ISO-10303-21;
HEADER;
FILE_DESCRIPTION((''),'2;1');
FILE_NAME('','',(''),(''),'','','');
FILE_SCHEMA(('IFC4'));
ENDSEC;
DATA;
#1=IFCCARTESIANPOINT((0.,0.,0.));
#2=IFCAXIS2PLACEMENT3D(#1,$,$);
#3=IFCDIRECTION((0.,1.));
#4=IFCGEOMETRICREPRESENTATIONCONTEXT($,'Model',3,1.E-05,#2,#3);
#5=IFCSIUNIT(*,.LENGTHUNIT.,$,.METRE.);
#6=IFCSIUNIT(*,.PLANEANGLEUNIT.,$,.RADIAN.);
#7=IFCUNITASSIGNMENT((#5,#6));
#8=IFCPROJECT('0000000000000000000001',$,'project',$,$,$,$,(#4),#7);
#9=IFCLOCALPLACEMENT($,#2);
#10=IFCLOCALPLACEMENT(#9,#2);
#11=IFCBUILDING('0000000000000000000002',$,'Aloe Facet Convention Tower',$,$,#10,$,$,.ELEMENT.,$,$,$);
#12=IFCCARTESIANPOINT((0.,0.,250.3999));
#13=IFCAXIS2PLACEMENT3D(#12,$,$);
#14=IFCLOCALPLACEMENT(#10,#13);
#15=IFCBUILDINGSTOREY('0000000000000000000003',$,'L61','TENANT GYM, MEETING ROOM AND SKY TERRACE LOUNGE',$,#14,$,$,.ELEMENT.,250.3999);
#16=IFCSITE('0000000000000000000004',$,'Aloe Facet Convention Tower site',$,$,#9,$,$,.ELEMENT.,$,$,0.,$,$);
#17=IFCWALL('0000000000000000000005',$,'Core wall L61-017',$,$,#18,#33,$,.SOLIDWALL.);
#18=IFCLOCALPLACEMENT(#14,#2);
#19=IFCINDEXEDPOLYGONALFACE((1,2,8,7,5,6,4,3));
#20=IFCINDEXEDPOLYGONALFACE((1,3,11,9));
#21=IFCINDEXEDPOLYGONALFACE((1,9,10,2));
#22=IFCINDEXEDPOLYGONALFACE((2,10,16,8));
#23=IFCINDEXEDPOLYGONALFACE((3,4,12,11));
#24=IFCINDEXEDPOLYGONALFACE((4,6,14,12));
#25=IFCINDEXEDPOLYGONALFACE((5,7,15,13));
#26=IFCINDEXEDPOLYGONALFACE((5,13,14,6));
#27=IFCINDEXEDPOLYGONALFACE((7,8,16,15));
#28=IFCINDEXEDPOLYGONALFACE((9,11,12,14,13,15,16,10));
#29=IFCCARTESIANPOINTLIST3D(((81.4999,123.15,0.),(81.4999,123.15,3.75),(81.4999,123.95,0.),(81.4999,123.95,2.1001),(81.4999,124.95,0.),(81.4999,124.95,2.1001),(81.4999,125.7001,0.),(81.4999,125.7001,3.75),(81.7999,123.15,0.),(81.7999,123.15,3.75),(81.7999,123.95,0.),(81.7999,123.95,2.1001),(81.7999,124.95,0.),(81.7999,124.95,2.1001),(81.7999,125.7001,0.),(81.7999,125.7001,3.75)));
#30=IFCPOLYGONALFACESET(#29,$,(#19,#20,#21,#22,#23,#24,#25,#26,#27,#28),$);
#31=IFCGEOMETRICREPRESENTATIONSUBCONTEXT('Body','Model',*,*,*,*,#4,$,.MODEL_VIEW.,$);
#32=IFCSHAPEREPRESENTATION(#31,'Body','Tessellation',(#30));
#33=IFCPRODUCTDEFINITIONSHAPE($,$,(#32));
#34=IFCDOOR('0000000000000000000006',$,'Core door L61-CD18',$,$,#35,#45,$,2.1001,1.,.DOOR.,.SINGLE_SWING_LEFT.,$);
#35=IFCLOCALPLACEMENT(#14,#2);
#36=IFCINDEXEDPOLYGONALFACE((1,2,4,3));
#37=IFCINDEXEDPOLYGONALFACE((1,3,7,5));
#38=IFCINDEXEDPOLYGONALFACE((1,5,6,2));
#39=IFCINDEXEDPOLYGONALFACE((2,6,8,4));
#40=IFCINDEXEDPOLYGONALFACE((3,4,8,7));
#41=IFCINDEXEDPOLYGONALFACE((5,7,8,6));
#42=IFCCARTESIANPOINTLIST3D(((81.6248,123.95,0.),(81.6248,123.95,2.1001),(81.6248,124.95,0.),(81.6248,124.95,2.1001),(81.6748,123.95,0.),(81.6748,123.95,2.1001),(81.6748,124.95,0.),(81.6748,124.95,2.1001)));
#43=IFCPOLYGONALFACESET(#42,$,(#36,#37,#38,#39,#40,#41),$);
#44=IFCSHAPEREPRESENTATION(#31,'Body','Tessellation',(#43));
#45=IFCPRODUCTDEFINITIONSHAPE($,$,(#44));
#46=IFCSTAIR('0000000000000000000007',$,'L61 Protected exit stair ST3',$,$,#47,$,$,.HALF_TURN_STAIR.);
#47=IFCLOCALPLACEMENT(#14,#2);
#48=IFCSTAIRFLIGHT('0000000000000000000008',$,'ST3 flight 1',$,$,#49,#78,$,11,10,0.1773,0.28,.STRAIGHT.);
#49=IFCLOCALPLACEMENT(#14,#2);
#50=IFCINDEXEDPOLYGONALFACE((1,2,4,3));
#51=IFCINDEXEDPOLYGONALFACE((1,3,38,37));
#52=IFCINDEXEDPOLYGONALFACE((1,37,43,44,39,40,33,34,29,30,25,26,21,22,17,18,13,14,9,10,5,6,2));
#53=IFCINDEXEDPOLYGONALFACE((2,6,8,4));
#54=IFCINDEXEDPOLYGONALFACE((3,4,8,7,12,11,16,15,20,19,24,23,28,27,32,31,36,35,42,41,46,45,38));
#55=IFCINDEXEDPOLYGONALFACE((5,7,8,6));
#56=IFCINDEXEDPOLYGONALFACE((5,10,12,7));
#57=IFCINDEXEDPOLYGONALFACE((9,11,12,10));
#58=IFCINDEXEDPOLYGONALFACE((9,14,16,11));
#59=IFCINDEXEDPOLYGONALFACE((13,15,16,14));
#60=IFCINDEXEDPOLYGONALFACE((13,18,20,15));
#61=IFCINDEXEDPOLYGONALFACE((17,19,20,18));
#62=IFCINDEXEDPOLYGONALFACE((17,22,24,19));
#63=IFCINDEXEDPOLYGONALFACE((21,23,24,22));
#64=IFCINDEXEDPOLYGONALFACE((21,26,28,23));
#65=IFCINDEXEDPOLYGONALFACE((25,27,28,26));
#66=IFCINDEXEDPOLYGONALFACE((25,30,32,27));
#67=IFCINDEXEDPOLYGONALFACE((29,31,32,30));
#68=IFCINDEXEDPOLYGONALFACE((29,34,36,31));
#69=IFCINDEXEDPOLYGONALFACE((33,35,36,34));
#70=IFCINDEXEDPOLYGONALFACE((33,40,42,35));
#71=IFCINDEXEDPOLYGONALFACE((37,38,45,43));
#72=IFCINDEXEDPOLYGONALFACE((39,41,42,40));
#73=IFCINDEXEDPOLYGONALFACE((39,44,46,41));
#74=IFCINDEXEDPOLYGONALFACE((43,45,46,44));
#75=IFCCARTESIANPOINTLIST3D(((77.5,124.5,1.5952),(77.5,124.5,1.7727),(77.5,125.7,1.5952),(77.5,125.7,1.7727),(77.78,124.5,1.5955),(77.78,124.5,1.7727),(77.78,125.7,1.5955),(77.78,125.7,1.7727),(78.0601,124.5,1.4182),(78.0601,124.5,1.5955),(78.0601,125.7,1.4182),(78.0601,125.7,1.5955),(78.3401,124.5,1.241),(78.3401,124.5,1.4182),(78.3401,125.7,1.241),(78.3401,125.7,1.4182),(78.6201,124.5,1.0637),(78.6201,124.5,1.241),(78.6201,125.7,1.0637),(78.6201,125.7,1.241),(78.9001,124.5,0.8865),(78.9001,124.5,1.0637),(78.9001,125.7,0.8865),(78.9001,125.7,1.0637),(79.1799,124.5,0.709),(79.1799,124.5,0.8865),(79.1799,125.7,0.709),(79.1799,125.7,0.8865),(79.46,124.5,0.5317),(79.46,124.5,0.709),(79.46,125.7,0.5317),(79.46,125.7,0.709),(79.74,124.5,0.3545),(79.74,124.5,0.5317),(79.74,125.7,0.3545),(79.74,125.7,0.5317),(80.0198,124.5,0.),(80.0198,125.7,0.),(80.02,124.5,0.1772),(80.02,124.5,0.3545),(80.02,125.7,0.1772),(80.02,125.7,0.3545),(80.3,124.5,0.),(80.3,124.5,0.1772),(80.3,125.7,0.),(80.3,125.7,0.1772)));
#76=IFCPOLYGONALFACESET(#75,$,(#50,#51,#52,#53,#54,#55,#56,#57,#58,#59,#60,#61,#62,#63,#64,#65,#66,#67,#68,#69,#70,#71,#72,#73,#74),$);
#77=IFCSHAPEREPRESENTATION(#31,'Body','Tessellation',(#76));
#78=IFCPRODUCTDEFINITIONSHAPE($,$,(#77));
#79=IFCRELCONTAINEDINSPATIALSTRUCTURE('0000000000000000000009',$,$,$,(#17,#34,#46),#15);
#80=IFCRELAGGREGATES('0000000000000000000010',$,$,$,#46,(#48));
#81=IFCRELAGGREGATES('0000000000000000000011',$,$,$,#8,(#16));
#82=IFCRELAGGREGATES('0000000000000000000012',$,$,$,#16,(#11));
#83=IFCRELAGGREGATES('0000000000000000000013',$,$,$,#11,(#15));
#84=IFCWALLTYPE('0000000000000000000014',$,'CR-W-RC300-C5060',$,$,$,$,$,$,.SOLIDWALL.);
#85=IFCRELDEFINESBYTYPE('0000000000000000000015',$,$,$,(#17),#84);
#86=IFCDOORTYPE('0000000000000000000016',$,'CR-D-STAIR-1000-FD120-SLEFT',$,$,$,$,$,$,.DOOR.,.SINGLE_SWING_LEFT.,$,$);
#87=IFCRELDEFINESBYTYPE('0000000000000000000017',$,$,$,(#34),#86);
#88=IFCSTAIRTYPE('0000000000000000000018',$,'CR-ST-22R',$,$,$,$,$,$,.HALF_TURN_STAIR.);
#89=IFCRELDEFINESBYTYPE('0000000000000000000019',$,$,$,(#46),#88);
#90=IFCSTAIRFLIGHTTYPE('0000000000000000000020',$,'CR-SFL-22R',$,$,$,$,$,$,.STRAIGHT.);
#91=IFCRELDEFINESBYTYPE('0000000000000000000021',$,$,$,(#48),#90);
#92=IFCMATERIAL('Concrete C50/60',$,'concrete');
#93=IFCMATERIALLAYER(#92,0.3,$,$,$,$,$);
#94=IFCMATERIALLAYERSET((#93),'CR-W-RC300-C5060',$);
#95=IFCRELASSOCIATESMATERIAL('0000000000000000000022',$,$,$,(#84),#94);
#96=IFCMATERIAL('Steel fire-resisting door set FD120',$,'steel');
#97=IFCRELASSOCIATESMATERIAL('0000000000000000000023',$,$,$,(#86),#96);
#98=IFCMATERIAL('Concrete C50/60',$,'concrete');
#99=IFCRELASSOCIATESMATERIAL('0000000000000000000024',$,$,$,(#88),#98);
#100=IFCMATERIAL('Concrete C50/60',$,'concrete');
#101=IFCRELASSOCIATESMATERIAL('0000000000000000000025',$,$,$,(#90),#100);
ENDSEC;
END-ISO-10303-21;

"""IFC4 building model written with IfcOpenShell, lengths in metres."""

from ifc_helpers import new_model, si_unit, direction, frame, frame_2d, origin, place, context, subcontext, project, spatial, polyline, rectangle, outline, extrude, material, layer, layer_set, type_object, element, fill, aggregate, save


model = new_model("IFC4")

# Units and contexts
model_context = context("Model", 3, precision=1e-05, world=origin(), true_north=direction((0.0, 1.0)))
body_context = subcontext(model_context, "Body", "Model", "MODEL_VIEW")
ifc_project = project(units=[si_unit("LENGTHUNIT", "METRE"), si_unit("PLANEANGLEUNIT", "RADIAN")], contexts=[model_context])

# Site, building, storey
site_placement = place(None, origin())
site = spatial("IfcSite", under=ifc_project, at=site_placement, Name="Aloe Facet Convention Tower site", CompositionType="ELEMENT", RefElevation=0.0)
building_placement = place(site_placement, origin())
building = spatial("IfcBuilding", under=site, at=building_placement, Name="Aloe Facet Convention Tower", CompositionType="ELEMENT")
storey_placement = place(building_placement, frame((0.0, 0.0, 250.3999)))
storey = spatial("IfcBuildingStorey", under=building, at=storey_placement, Name="L61", Description="TENANT GYM, MEETING ROOM AND SKY TERRACE LOUNGE", CompositionType="ELEMENT", Elevation=250.3999)

# Shared definitions
ifc_material_1 = material(Name="Concrete C50/60", Category="concrete")
ifc_layer = layer(ifc_material_1, 0.3)
ifc_layer_set = layer_set([ifc_layer], Name="CR-W-RC300-C5060")
wall_type = type_object("IfcWallType", Name="CR-W-RC300-C5060", PredefinedType="SOLIDWALL", material=ifc_layer_set)

# Wall, opening, door
wall_1_placement = place(storey_placement, frame((81.6499, 125.7, 0.0), z_axis=(0.0, 0.0, 1.0), x_axis=(0.0, -1.0, 0.0)))
wall_1 = element("IfcWall", 1, at=wall_1_placement, inside=storey, type_object=wall_type, Name="Core wall L61-017", PredefinedType="SOLIDWALL", context=body_context, shape_type="SweptSolid", body=[
    extrude(rectangle(XDim=2.55, YDim=0.3, at=frame_2d((1.2749, 0.0))), origin(), (0.0, 0.0, 1.0), 3.75),
])
opening_1_placement = place(wall_1_placement, frame((0.75, 0.0, 0.0)))
opening_1 = element("IfcOpeningElement", 2, at=opening_1_placement, cuts=wall_1, PredefinedType="OPENING", context=body_context, shape_type="SweptSolid", body=[
    extrude(rectangle(XDim=1.0, YDim=2.1001, at=frame_2d((0.5, 1.05))), frame((0.0, 0.1602, 0.0), z_axis=(0.0, -1.0, 0.0), x_axis=(1.0, 0.0, 0.0)), (0.0, 0.0, 1.0), 0.3201),
])
ifc_material_2 = material(Name="Steel fire-resisting door set FD120", Category="steel")
door_type_1 = type_object("IfcDoorType", Name="CR-D-STAIR-1000-FD120-SLEFT", OperationType="SINGLE_SWING_LEFT", PredefinedType="DOOR", material=ifc_material_2)
door_1_placement = place(opening_1_placement, origin())
door_1 = element("IfcDoor", 3, at=door_1_placement, inside=storey, type_object=door_type_1, Name="Core door L61-CD18", OperationType="SINGLE_SWING_LEFT", OverallHeight=2.1001, OverallWidth=1.0, PredefinedType="DOOR", context=body_context, shape_type="SweptSolid", body=[
    extrude(rectangle(XDim=1.0, YDim=2.1001, at=frame_2d((0.5, 1.05))), frame((0.0, 0.0249, 0.0), z_axis=(0.0, -1.0, 0.0), x_axis=(1.0, 0.0, 0.0)), (0.0, 0.0, 1.0), 0.05),
])
fill(opening_1, door_1)

# Stair, stair flight
ifc_material_3 = material(Name="Concrete C50/60", Category="concrete")
stair_type = type_object("IfcStairType", Name="CR-ST-22R", PredefinedType="HALF_TURN_STAIR", material=ifc_material_3)
stair_placement = place(storey_placement, origin())
stair = element("IfcStair", 4, at=stair_placement, inside=storey, type_object=stair_type, Name="L61 Protected exit stair ST3", PredefinedType="HALF_TURN_STAIR")
ifc_material_4 = material(Name="Concrete C50/60", Category="concrete")
stair_flight_type = type_object("IfcStairFlightType", Name="CR-SFL-22R", PredefinedType="STRAIGHT", material=ifc_material_4)
stair_flight_placement = place(storey_placement, frame((80.3, 125.1001, 0.0), z_axis=(0.0, 0.0, 1.0), x_axis=(-1.0, 0.0, 0.0)))
stair_flight = element("IfcStairFlight", 5, at=stair_flight_placement, type_object=stair_flight_type, Name="ST3 flight 1", NumberOfRisers=11, NumberOfTreads=10, PredefinedType="STRAIGHT", RiserHeight=0.1773, TreadLength=0.28, context=body_context, shape_type="SweptSolid", body=[
    extrude(outline(polyline([(0.0, 0.0), (0.0, 0.1772), (0.28, 0.1772), (0.28, 0.3545), (0.5601, 0.3545), (0.5601, 0.5317), (0.8401, 0.5317), (0.8401, 0.709), (1.1201, 0.709), (1.1201, 0.8865), (1.3999, 0.8865), (1.3999, 1.0637), (1.6799, 1.0637), (1.6799, 1.241), (1.96, 1.241), (1.96, 1.4182), (2.24, 1.4182), (2.24, 1.5955), (2.52, 1.5955), (2.52, 1.7727), (2.8, 1.7727), (2.8, 1.95), (2.8, 1.5952), (0.2803, 0.0), (0.0, 0.0)])), frame((0.0, 0.6001, 0.0), z_axis=(0.0, -1.0, 0.0), x_axis=(1.0, 0.0, 0.0)), (0.0, 0.0, 1.0), 1.2),
])
aggregate(stair, [stair_flight])

save(model, "model.ifc")
